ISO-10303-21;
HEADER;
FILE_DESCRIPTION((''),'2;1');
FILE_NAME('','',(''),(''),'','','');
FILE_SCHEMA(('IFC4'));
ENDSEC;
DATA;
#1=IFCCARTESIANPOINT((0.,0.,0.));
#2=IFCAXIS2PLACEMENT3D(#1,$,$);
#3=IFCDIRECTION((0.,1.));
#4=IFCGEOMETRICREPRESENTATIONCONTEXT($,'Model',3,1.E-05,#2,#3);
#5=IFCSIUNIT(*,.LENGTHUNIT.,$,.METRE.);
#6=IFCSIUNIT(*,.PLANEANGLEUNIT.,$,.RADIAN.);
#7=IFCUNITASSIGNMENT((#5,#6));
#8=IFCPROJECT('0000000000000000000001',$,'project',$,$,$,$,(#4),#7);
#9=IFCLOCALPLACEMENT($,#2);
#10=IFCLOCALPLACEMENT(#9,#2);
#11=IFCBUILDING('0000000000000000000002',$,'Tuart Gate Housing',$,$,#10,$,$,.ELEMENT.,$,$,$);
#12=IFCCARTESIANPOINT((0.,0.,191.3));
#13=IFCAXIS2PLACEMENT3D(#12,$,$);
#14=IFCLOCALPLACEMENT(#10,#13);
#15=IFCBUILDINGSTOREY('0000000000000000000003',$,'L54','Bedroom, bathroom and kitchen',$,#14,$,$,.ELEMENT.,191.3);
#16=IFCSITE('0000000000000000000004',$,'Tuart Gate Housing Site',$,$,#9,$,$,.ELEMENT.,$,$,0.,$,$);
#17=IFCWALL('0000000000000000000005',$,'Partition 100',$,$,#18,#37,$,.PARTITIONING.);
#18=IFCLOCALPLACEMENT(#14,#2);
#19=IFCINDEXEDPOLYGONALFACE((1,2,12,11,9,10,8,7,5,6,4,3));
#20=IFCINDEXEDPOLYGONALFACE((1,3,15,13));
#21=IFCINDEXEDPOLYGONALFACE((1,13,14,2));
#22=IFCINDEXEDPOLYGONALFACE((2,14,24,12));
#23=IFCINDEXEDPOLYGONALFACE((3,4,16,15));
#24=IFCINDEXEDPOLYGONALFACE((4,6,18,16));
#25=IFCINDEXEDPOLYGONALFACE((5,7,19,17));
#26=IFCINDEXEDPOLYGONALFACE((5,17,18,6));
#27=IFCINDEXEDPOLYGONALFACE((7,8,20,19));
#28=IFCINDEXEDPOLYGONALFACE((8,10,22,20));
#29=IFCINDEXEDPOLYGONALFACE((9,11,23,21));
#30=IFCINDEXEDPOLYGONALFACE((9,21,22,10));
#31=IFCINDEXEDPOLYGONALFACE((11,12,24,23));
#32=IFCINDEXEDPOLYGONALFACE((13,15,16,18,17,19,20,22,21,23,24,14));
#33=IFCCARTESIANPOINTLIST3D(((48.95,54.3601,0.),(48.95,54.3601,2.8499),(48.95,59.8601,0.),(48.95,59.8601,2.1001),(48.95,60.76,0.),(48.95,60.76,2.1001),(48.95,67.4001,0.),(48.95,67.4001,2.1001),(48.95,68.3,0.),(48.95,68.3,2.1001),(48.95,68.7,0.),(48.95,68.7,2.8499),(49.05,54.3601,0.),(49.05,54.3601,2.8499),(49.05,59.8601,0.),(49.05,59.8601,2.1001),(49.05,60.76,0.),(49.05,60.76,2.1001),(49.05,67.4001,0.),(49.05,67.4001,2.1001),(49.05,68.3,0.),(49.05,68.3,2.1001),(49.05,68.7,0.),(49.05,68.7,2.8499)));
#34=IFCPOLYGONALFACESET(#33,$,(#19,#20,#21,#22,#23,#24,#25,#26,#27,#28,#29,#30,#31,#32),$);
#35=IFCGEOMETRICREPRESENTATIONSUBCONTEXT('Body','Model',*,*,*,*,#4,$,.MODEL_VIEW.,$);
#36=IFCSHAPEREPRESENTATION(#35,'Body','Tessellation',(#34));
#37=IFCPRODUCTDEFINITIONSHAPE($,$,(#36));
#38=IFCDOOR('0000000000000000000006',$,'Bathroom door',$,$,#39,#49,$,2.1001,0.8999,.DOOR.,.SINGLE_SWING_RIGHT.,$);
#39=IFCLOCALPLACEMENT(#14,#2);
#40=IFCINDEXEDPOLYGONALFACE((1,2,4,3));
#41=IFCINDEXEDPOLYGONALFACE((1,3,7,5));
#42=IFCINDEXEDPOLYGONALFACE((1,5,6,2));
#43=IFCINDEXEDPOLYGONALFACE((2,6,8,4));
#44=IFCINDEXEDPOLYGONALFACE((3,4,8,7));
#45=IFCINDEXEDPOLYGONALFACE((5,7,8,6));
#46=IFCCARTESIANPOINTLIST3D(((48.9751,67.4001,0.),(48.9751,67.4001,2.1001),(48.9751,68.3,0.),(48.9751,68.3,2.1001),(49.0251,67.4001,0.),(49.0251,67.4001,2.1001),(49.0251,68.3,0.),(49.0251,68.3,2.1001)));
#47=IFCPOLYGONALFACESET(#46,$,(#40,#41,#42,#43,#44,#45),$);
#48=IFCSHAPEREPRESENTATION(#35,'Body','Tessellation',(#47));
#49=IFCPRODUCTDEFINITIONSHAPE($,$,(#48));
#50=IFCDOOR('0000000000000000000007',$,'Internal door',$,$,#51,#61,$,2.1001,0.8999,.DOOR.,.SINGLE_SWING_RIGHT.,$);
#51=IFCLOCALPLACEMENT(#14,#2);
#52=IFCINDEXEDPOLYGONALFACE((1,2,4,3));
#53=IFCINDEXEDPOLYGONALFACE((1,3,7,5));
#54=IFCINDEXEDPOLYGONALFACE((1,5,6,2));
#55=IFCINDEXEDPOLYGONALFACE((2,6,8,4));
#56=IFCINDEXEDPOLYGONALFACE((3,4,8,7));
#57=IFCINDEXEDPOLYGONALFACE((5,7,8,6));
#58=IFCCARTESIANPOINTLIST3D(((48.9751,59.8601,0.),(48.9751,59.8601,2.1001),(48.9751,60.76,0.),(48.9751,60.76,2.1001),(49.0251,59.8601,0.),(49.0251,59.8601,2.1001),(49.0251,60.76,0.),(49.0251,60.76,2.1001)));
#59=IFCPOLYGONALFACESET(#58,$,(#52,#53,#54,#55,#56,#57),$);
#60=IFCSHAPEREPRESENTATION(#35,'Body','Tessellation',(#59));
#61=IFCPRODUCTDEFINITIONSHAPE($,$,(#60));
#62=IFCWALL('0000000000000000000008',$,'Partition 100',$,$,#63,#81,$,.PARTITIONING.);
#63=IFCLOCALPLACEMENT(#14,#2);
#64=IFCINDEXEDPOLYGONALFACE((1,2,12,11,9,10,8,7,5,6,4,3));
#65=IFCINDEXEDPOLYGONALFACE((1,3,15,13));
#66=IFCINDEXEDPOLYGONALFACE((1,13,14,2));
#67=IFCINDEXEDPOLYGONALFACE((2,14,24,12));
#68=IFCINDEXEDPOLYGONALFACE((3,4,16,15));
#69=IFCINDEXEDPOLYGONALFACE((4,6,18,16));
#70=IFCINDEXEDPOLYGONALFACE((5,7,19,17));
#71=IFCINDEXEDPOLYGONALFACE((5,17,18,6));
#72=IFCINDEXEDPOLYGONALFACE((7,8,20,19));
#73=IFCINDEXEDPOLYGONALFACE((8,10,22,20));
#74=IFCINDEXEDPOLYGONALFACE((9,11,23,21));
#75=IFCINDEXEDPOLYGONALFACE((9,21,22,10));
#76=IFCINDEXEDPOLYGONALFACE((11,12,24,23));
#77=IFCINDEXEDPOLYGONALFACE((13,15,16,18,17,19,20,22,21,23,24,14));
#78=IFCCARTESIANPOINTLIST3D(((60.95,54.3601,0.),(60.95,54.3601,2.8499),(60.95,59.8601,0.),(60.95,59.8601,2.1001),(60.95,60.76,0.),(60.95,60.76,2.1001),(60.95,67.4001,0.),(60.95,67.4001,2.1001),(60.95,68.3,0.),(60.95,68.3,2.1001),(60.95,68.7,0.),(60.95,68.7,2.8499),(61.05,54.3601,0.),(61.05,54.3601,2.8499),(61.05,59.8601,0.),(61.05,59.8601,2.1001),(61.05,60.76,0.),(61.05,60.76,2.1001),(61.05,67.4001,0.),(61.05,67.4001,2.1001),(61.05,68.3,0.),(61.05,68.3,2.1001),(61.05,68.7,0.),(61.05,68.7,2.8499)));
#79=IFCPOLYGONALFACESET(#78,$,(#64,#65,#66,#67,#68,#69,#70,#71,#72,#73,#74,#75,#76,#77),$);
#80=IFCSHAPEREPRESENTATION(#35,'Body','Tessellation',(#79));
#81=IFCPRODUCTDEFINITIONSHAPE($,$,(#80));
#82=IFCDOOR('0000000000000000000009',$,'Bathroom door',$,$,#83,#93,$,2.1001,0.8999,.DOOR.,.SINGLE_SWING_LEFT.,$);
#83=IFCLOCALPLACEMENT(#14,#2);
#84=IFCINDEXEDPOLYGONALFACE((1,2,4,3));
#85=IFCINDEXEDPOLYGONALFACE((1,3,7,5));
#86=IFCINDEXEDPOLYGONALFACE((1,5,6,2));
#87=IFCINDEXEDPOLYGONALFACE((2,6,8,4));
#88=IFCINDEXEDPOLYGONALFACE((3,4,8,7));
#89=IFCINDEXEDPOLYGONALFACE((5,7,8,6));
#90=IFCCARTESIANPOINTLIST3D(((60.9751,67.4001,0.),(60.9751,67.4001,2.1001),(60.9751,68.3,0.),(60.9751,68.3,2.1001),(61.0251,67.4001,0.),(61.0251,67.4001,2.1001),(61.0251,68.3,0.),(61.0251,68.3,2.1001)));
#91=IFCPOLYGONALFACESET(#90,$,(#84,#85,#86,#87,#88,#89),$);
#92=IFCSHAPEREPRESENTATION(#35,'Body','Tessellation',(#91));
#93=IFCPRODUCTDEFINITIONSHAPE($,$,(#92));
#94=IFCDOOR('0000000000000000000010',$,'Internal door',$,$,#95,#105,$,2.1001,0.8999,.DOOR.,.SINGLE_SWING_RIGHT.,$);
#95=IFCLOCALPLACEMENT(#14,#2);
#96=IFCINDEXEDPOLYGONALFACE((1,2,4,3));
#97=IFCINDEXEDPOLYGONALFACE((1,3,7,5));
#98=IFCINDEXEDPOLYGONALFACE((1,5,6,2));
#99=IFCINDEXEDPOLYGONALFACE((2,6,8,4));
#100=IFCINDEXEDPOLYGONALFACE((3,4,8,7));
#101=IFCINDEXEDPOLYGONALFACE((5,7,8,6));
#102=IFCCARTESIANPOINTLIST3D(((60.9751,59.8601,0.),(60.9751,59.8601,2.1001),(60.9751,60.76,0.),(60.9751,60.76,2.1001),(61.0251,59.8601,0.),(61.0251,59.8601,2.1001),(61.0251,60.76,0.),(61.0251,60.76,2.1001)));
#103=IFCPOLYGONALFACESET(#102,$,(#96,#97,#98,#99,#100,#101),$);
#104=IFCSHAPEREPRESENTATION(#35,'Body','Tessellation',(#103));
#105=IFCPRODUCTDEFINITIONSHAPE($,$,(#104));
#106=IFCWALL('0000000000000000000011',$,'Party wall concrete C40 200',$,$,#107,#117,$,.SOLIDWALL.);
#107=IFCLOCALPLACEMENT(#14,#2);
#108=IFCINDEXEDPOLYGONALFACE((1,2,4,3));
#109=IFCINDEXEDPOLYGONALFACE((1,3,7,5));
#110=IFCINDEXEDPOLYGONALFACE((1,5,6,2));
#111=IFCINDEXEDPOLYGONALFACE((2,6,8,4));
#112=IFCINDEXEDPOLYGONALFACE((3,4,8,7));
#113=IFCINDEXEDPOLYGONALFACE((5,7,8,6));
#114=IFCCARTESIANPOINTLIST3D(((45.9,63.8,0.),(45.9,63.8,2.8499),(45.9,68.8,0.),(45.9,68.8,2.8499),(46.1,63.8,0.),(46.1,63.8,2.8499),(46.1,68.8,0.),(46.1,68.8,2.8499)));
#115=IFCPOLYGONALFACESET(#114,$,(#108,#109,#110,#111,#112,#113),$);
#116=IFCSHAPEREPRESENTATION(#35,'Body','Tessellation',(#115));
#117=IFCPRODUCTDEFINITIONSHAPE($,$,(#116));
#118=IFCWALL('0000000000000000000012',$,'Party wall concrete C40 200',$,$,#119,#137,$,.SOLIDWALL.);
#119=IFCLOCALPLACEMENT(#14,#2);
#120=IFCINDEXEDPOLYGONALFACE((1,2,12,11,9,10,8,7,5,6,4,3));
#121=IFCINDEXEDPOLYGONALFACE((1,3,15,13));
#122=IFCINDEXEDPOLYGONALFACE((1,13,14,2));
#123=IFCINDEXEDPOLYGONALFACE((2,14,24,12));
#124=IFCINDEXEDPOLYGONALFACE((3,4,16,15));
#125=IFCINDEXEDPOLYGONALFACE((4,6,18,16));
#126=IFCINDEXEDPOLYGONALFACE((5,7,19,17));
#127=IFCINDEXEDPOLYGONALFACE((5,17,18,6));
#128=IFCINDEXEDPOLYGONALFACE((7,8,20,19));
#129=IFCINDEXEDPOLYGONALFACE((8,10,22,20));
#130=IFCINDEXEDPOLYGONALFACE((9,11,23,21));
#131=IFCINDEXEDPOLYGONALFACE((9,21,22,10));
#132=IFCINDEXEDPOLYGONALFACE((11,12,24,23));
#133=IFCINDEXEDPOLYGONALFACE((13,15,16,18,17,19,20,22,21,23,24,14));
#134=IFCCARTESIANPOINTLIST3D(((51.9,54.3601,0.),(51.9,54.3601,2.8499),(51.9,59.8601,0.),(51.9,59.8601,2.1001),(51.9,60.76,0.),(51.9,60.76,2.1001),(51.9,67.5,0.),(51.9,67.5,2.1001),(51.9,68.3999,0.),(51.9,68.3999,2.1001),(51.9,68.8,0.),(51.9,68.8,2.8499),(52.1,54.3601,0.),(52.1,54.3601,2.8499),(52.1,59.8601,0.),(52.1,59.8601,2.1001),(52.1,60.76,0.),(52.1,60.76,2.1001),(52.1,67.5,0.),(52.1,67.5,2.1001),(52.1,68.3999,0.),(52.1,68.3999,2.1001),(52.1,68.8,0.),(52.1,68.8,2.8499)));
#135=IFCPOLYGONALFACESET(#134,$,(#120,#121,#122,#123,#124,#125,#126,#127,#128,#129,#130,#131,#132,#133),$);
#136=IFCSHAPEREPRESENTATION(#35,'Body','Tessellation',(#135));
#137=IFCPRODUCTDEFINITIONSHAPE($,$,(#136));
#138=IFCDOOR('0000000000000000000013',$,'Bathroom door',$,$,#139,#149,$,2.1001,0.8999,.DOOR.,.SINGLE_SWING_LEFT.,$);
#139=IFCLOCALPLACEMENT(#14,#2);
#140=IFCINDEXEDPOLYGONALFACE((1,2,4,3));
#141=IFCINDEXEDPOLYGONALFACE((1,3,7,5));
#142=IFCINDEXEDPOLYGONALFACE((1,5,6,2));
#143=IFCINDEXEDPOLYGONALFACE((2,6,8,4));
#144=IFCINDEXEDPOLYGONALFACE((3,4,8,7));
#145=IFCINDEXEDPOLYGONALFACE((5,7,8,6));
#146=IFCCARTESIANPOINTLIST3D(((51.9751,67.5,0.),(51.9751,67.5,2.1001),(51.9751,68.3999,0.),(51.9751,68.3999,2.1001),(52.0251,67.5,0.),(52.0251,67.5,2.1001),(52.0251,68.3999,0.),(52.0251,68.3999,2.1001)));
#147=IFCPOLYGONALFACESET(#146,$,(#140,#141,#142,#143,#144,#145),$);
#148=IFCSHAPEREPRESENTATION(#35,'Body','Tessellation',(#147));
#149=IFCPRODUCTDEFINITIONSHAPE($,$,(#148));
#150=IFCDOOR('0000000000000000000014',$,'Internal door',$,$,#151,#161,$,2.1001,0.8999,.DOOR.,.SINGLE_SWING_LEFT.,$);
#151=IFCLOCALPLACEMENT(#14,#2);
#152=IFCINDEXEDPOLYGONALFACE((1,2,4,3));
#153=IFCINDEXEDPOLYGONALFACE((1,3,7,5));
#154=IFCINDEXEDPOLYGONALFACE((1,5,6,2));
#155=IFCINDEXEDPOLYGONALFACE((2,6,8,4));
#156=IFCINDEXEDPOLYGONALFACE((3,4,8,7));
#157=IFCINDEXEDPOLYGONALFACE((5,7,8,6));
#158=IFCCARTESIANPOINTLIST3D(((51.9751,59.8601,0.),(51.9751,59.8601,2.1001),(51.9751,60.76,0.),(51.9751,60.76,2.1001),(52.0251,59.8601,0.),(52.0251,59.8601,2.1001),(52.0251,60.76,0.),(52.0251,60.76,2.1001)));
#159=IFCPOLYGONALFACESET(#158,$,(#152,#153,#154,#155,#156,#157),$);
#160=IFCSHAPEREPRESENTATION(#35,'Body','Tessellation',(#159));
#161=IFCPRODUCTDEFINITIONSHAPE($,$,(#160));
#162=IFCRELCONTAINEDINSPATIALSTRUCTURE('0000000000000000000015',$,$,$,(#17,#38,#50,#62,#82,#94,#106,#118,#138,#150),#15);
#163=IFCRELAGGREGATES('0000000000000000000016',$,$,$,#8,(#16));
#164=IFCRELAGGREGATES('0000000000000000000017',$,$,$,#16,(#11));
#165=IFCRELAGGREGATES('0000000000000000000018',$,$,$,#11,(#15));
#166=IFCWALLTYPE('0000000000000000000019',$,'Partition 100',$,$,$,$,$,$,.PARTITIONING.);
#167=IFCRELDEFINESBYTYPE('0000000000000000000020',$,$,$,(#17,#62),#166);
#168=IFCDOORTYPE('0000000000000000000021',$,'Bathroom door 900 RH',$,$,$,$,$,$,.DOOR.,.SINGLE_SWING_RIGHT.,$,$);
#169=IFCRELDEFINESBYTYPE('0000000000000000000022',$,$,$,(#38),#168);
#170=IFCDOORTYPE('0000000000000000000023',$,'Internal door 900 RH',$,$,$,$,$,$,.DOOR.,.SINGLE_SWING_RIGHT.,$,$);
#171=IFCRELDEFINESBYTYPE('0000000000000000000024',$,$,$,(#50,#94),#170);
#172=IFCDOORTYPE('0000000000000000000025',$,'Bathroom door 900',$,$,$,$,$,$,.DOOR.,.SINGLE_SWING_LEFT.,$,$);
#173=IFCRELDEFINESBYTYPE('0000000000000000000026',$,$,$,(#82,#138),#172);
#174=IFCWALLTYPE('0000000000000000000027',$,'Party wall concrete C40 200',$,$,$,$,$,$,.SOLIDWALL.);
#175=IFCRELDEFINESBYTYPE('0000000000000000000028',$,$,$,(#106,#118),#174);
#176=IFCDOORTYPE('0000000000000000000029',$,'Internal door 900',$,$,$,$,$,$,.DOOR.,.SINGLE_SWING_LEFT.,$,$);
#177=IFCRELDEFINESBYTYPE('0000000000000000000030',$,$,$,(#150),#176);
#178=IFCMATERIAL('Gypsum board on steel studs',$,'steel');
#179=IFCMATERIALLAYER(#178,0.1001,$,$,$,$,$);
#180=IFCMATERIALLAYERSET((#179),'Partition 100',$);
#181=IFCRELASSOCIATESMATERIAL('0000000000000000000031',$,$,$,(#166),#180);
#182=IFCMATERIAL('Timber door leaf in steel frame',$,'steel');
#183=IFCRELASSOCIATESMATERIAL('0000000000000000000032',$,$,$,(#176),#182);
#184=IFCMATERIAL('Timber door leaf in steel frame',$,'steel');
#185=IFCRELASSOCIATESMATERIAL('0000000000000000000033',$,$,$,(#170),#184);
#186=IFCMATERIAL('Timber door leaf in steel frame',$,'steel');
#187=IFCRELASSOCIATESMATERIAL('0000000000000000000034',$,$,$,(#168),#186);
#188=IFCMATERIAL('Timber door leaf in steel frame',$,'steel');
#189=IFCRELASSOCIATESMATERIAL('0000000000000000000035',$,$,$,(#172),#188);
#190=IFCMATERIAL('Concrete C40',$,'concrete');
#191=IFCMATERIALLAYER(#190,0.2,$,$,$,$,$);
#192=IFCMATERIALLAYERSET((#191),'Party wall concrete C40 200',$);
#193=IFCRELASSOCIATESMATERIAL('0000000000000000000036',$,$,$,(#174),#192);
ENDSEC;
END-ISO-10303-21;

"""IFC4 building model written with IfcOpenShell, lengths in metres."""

from ifc_helpers import new_model, si_unit, direction, frame, frame_2d, origin, place, context, subcontext, project, spatial, rectangle, extrude, material, layer, layer_set, type_object, element, fill, save


model = new_model("IFC4")

# Units and contexts
model_context = context("Model", 3, precision=1e-05, world=origin(), true_north=direction((0.0, 1.0)))
body_context = subcontext(model_context, "Body", "Model", "MODEL_VIEW")
ifc_project = project(units=[si_unit("LENGTHUNIT", "METRE"), si_unit("PLANEANGLEUNIT", "RADIAN")], contexts=[model_context])

# Site, building, storey
site_placement = place(None, origin())
site = spatial("IfcSite", under=ifc_project, at=site_placement, Name="Tuart Gate Housing Site", CompositionType="ELEMENT", RefElevation=0.0)
building_placement = place(site_placement, origin())
building = spatial("IfcBuilding", under=site, at=building_placement, Name="Tuart Gate Housing", CompositionType="ELEMENT")
storey_placement = place(building_placement, frame((0.0, 0.0, 191.3)))
storey = spatial("IfcBuildingStorey", under=building, at=storey_placement, Name="L54", Description="Bedroom, bathroom and kitchen", CompositionType="ELEMENT", Elevation=191.3)

# Shared definitions
ifc_material_1 = material(Name="Gypsum board on steel studs", Category="steel")
ifc_layer_1 = layer(ifc_material_1, 0.1001)
ifc_layer_set_1 = layer_set([ifc_layer_1], Name="Partition 100")
wall_type_1 = type_object("IfcWallType", Name="Partition 100", PredefinedType="PARTITIONING", material=ifc_layer_set_1)
ifc_material_2 = material(Name="Timber door leaf in steel frame", Category="steel")
door_type_1 = type_object("IfcDoorType", Name="Internal door 900", OperationType="SINGLE_SWING_LEFT", PredefinedType="DOOR", material=ifc_material_2)
ifc_material_3 = material(Name="Timber door leaf in steel frame", Category="steel")
door_type_2 = type_object("IfcDoorType", Name="Internal door 900 RH", OperationType="SINGLE_SWING_RIGHT", PredefinedType="DOOR", material=ifc_material_3)

# Walls, openings, doors
wall_1_placement = place(storey_placement, frame((49.0, 54.3601, 0.0), z_axis=(0.0, 0.0, 1.0), x_axis=(0.0, 1.0, 0.0)))
wall_1 = element("IfcWall", 1, at=wall_1_placement, inside=storey, type_object=wall_type_1, Name="Partition 100", PredefinedType="PARTITIONING", context=body_context, shape_type="SweptSolid", body=[
    extrude(rectangle(XDim=14.3398, YDim=0.1001, at=frame_2d((7.1699, 0.0))), origin(), (0.0, 0.0, 1.0), 2.8499),
])
opening_1_placement = place(wall_1_placement, frame((5.5, 0.0, 0.0)))
opening_1 = element("IfcOpeningElement", 2, at=opening_1_placement, cuts=wall_1, PredefinedType="OPENING", context=body_context, shape_type="SweptSolid", body=[
    extrude(rectangle(XDim=0.8999, YDim=2.1001, at=frame_2d((0.45, 1.05))), frame((0.0, 0.0601, 0.0), z_axis=(0.0, -1.0, 0.0), x_axis=(1.0, 0.0, 0.0)), (0.0, 0.0, 1.0), 0.1201),
])
opening_2_placement = place(wall_1_placement, frame((13.04, 0.0, 0.0)))
opening_2 = element("IfcOpeningElement", 3, at=opening_2_placement, cuts=wall_1, PredefinedType="OPENING", context=body_context, shape_type="SweptSolid", body=[
    extrude(rectangle(XDim=0.8999, YDim=2.1001, at=frame_2d((0.45, 1.05))), frame((0.0, 0.0601, 0.0), z_axis=(0.0, -1.0, 0.0), x_axis=(1.0, 0.0, 0.0)), (0.0, 0.0, 1.0), 0.1201),
])
ifc_material_4 = material(Name="Timber door leaf in steel frame", Category="steel")
door_type_3 = type_object("IfcDoorType", Name="Bathroom door 900 RH", OperationType="SINGLE_SWING_RIGHT", PredefinedType="DOOR", material=ifc_material_4)
door_1_placement = place(opening_2_placement, origin())
door_1 = element("IfcDoor", 4, at=door_1_placement, inside=storey, type_object=door_type_3, Name="Bathroom door", OperationType="SINGLE_SWING_RIGHT", OverallHeight=2.1001, OverallWidth=0.8999, PredefinedType="DOOR", context=body_context, shape_type="SweptSolid", body=[
    extrude(rectangle(XDim=0.8999, YDim=2.1001, at=frame_2d((0.45, 1.05))), frame((0.0, 0.0249, 0.0), z_axis=(0.0, -1.0, 0.0), x_axis=(1.0, 0.0, 0.0)), (0.0, 0.0, 1.0), 0.05),
])
fill(opening_2, door_1)
door_2_placement = place(opening_1_placement, origin())
door_2 = element("IfcDoor", 5, at=door_2_placement, inside=storey, type_object=door_type_2, Name="Internal door", OperationType="SINGLE_SWING_RIGHT", OverallHeight=2.1001, OverallWidth=0.8999, PredefinedType="DOOR", context=body_context, shape_type="SweptSolid", body=[
    extrude(rectangle(XDim=0.8999, YDim=2.1001, at=frame_2d((0.45, 1.05))), frame((0.0, 0.0249, 0.0), z_axis=(0.0, -1.0, 0.0), x_axis=(1.0, 0.0, 0.0)), (0.0, 0.0, 1.0), 0.05),
])
fill(opening_1, door_2)
wall_2_placement = place(storey_placement, frame((61.0, 54.3601, 0.0), z_axis=(0.0, 0.0, 1.0), x_axis=(0.0, 1.0, 0.0)))
wall_2 = element("IfcWall", 6, at=wall_2_placement, inside=storey, type_object=wall_type_1, Name="Partition 100", PredefinedType="PARTITIONING", context=body_context, shape_type="SweptSolid", body=[
    extrude(rectangle(XDim=14.3398, YDim=0.1001, at=frame_2d((7.1699, 0.0))), origin(), (0.0, 0.0, 1.0), 2.8499),
])
opening_3_placement = place(wall_2_placement, frame((5.5, 0.0, 0.0)))
opening_3 = element("IfcOpeningElement", 7, at=opening_3_placement, cuts=wall_2, PredefinedType="OPENING", context=body_context, shape_type="SweptSolid", body=[
    extrude(rectangle(XDim=0.8999, YDim=2.1001, at=frame_2d((0.45, 1.05))), frame((0.0, 0.0601, 0.0), z_axis=(0.0, -1.0, 0.0), x_axis=(1.0, 0.0, 0.0)), (0.0, 0.0, 1.0), 0.1201),
])
opening_4_placement = place(wall_2_placement, frame((13.04, 0.0, 0.0)))
opening_4 = element("IfcOpeningElement", 8, at=opening_4_placement, cuts=wall_2, PredefinedType="OPENING", context=body_context, shape_type="SweptSolid", body=[
    extrude(rectangle(XDim=0.8999, YDim=2.1001, at=frame_2d((0.45, 1.05))), frame((0.0, 0.0601, 0.0), z_axis=(0.0, -1.0, 0.0), x_axis=(1.0, 0.0, 0.0)), (0.0, 0.0, 1.0), 0.1201),
])
ifc_material_5 = material(Name="Timber door leaf in steel frame", Category="steel")
door_type_4 = type_object("IfcDoorType", Name="Bathroom door 900", OperationType="SINGLE_SWING_LEFT", PredefinedType="DOOR", material=ifc_material_5)
door_3_placement = place(opening_4_placement, frame((0.8999, 0.0, 0.0), z_axis=(0.0, 0.0, 1.0), x_axis=(-1.0, 0.0, 0.0)))
door_3 = element("IfcDoor", 9, at=door_3_placement, inside=storey, type_object=door_type_4, Name="Bathroom door", OperationType="SINGLE_SWING_LEFT", OverallHeight=2.1001, OverallWidth=0.8999, PredefinedType="DOOR", context=body_context, shape_type="SweptSolid", body=[
    extrude(rectangle(XDim=0.8999, YDim=2.1001, at=frame_2d((0.45, 1.05))), frame((0.0, 0.0251, 0.0), z_axis=(0.0, -1.0, 0.0), x_axis=(1.0, 0.0, 0.0)), (0.0, 0.0, 1.0), 0.05),
])
fill(opening_4, door_3)
door_4_placement = place(opening_3_placement, frame((0.8999, 0.0, 0.0), z_axis=(0.0, 0.0, 1.0), x_axis=(-1.0, 0.0, 0.0)))
door_4 = element("IfcDoor", 10, at=door_4_placement, inside=storey, type_object=door_type_2, Name="Internal door", OperationType="SINGLE_SWING_RIGHT", OverallHeight=2.1001, OverallWidth=0.8999, PredefinedType="DOOR", context=body_context, shape_type="SweptSolid", body=[
    extrude(rectangle(XDim=0.8999, YDim=2.1001, at=frame_2d((0.45, 1.05))), frame((0.0, 0.0251, 0.0), z_axis=(0.0, -1.0, 0.0), x_axis=(1.0, 0.0, 0.0)), (0.0, 0.0, 1.0), 0.05),
])
fill(opening_3, door_4)

# Wall
ifc_material_6 = material(Name="Concrete C40", Category="concrete")
ifc_layer_2 = layer(ifc_material_6, 0.2)
ifc_layer_set_2 = layer_set([ifc_layer_2], Name="Party wall concrete C40 200")
wall_type_2 = type_object("IfcWallType", Name="Party wall concrete C40 200", PredefinedType="SOLIDWALL", material=ifc_layer_set_2)
wall_3_placement = place(storey_placement, frame((46.0, 63.8, 0.0), z_axis=(0.0, 0.0, 1.0), x_axis=(0.0, 1.0, 0.0)))
element("IfcWall", 11, at=wall_3_placement, inside=storey, type_object=wall_type_2, Name="Party wall concrete C40 200", PredefinedType="SOLIDWALL", context=body_context, shape_type="SweptSolid", body=[
    extrude(rectangle(XDim=5.0, YDim=0.2, at=frame_2d((2.5, 0.0))), origin(), (0.0, 0.0, 1.0), 2.8499),
])

# Wall, openings, doors
wall_4_placement = place(storey_placement, frame((52.0, 54.3601, 0.0), z_axis=(0.0, 0.0, 1.0), x_axis=(0.0, 1.0, 0.0)))
wall_4 = element("IfcWall", 12, at=wall_4_placement, inside=storey, type_object=wall_type_2, Name="Party wall concrete C40 200", PredefinedType="SOLIDWALL", context=body_context, shape_type="SweptSolid", body=[
    extrude(rectangle(XDim=14.4399, YDim=0.2, at=frame_2d((7.22, 0.0))), origin(), (0.0, 0.0, 1.0), 2.8499),
])
opening_5_placement = place(wall_4_placement, frame((5.5, 0.0, 0.0)))
opening_5 = element("IfcOpeningElement", 13, at=opening_5_placement, cuts=wall_4, PredefinedType="OPENING", context=body_context, shape_type="SweptSolid", body=[
    extrude(rectangle(XDim=0.8999, YDim=2.1001, at=frame_2d((0.45, 1.05))), frame((0.0, 0.1099, 0.0), z_axis=(0.0, -1.0, 0.0), x_axis=(1.0, 0.0, 0.0)), (0.0, 0.0, 1.0), 0.22),
])
opening_6_placement = place(wall_4_placement, frame((13.1399, 0.0, 0.0)))
opening_6 = element("IfcOpeningElement", 14, at=opening_6_placement, cuts=wall_4, PredefinedType="OPENING", context=body_context, shape_type="SweptSolid", body=[
    extrude(rectangle(XDim=0.8999, YDim=2.1001, at=frame_2d((0.45, 1.05))), frame((0.0, 0.1099, 0.0), z_axis=(0.0, -1.0, 0.0), x_axis=(1.0, 0.0, 0.0)), (0.0, 0.0, 1.0), 0.22),
])
door_5_placement = place(opening_6_placement, frame((0.8999, 0.0, 0.0), z_axis=(0.0, 0.0, 1.0), x_axis=(-1.0, 0.0, 0.0)))
door_5 = element("IfcDoor", 15, at=door_5_placement, inside=storey, type_object=door_type_4, Name="Bathroom door", OperationType="SINGLE_SWING_LEFT", OverallHeight=2.1001, OverallWidth=0.8999, PredefinedType="DOOR", context=body_context, shape_type="SweptSolid", body=[
    extrude(rectangle(XDim=0.8999, YDim=2.1001, at=frame_2d((0.45, 1.05))), frame((0.0, 0.0251, 0.0), z_axis=(0.0, -1.0, 0.0), x_axis=(1.0, 0.0, 0.0)), (0.0, 0.0, 1.0), 0.05),
])
fill(opening_6, door_5)
door_6_placement = place(opening_5_placement, frame((0.8999, 0.0, 0.0), z_axis=(0.0, 0.0, 1.0), x_axis=(-1.0, 0.0, 0.0)))
door_6 = element("IfcDoor", 16, at=door_6_placement, inside=storey, type_object=door_type_1, Name="Internal door", OperationType="SINGLE_SWING_LEFT", OverallHeight=2.1001, OverallWidth=0.8999, PredefinedType="DOOR", context=body_context, shape_type="SweptSolid", body=[
    extrude(rectangle(XDim=0.8999, YDim=2.1001, at=frame_2d((0.45, 1.05))), frame((0.0, 0.0251, 0.0), z_axis=(0.0, -1.0, 0.0), x_axis=(1.0, 0.0, 0.0)), (0.0, 0.0, 1.0), 0.05),
])
fill(opening_5, door_6)

save(model, "model.ifc")
